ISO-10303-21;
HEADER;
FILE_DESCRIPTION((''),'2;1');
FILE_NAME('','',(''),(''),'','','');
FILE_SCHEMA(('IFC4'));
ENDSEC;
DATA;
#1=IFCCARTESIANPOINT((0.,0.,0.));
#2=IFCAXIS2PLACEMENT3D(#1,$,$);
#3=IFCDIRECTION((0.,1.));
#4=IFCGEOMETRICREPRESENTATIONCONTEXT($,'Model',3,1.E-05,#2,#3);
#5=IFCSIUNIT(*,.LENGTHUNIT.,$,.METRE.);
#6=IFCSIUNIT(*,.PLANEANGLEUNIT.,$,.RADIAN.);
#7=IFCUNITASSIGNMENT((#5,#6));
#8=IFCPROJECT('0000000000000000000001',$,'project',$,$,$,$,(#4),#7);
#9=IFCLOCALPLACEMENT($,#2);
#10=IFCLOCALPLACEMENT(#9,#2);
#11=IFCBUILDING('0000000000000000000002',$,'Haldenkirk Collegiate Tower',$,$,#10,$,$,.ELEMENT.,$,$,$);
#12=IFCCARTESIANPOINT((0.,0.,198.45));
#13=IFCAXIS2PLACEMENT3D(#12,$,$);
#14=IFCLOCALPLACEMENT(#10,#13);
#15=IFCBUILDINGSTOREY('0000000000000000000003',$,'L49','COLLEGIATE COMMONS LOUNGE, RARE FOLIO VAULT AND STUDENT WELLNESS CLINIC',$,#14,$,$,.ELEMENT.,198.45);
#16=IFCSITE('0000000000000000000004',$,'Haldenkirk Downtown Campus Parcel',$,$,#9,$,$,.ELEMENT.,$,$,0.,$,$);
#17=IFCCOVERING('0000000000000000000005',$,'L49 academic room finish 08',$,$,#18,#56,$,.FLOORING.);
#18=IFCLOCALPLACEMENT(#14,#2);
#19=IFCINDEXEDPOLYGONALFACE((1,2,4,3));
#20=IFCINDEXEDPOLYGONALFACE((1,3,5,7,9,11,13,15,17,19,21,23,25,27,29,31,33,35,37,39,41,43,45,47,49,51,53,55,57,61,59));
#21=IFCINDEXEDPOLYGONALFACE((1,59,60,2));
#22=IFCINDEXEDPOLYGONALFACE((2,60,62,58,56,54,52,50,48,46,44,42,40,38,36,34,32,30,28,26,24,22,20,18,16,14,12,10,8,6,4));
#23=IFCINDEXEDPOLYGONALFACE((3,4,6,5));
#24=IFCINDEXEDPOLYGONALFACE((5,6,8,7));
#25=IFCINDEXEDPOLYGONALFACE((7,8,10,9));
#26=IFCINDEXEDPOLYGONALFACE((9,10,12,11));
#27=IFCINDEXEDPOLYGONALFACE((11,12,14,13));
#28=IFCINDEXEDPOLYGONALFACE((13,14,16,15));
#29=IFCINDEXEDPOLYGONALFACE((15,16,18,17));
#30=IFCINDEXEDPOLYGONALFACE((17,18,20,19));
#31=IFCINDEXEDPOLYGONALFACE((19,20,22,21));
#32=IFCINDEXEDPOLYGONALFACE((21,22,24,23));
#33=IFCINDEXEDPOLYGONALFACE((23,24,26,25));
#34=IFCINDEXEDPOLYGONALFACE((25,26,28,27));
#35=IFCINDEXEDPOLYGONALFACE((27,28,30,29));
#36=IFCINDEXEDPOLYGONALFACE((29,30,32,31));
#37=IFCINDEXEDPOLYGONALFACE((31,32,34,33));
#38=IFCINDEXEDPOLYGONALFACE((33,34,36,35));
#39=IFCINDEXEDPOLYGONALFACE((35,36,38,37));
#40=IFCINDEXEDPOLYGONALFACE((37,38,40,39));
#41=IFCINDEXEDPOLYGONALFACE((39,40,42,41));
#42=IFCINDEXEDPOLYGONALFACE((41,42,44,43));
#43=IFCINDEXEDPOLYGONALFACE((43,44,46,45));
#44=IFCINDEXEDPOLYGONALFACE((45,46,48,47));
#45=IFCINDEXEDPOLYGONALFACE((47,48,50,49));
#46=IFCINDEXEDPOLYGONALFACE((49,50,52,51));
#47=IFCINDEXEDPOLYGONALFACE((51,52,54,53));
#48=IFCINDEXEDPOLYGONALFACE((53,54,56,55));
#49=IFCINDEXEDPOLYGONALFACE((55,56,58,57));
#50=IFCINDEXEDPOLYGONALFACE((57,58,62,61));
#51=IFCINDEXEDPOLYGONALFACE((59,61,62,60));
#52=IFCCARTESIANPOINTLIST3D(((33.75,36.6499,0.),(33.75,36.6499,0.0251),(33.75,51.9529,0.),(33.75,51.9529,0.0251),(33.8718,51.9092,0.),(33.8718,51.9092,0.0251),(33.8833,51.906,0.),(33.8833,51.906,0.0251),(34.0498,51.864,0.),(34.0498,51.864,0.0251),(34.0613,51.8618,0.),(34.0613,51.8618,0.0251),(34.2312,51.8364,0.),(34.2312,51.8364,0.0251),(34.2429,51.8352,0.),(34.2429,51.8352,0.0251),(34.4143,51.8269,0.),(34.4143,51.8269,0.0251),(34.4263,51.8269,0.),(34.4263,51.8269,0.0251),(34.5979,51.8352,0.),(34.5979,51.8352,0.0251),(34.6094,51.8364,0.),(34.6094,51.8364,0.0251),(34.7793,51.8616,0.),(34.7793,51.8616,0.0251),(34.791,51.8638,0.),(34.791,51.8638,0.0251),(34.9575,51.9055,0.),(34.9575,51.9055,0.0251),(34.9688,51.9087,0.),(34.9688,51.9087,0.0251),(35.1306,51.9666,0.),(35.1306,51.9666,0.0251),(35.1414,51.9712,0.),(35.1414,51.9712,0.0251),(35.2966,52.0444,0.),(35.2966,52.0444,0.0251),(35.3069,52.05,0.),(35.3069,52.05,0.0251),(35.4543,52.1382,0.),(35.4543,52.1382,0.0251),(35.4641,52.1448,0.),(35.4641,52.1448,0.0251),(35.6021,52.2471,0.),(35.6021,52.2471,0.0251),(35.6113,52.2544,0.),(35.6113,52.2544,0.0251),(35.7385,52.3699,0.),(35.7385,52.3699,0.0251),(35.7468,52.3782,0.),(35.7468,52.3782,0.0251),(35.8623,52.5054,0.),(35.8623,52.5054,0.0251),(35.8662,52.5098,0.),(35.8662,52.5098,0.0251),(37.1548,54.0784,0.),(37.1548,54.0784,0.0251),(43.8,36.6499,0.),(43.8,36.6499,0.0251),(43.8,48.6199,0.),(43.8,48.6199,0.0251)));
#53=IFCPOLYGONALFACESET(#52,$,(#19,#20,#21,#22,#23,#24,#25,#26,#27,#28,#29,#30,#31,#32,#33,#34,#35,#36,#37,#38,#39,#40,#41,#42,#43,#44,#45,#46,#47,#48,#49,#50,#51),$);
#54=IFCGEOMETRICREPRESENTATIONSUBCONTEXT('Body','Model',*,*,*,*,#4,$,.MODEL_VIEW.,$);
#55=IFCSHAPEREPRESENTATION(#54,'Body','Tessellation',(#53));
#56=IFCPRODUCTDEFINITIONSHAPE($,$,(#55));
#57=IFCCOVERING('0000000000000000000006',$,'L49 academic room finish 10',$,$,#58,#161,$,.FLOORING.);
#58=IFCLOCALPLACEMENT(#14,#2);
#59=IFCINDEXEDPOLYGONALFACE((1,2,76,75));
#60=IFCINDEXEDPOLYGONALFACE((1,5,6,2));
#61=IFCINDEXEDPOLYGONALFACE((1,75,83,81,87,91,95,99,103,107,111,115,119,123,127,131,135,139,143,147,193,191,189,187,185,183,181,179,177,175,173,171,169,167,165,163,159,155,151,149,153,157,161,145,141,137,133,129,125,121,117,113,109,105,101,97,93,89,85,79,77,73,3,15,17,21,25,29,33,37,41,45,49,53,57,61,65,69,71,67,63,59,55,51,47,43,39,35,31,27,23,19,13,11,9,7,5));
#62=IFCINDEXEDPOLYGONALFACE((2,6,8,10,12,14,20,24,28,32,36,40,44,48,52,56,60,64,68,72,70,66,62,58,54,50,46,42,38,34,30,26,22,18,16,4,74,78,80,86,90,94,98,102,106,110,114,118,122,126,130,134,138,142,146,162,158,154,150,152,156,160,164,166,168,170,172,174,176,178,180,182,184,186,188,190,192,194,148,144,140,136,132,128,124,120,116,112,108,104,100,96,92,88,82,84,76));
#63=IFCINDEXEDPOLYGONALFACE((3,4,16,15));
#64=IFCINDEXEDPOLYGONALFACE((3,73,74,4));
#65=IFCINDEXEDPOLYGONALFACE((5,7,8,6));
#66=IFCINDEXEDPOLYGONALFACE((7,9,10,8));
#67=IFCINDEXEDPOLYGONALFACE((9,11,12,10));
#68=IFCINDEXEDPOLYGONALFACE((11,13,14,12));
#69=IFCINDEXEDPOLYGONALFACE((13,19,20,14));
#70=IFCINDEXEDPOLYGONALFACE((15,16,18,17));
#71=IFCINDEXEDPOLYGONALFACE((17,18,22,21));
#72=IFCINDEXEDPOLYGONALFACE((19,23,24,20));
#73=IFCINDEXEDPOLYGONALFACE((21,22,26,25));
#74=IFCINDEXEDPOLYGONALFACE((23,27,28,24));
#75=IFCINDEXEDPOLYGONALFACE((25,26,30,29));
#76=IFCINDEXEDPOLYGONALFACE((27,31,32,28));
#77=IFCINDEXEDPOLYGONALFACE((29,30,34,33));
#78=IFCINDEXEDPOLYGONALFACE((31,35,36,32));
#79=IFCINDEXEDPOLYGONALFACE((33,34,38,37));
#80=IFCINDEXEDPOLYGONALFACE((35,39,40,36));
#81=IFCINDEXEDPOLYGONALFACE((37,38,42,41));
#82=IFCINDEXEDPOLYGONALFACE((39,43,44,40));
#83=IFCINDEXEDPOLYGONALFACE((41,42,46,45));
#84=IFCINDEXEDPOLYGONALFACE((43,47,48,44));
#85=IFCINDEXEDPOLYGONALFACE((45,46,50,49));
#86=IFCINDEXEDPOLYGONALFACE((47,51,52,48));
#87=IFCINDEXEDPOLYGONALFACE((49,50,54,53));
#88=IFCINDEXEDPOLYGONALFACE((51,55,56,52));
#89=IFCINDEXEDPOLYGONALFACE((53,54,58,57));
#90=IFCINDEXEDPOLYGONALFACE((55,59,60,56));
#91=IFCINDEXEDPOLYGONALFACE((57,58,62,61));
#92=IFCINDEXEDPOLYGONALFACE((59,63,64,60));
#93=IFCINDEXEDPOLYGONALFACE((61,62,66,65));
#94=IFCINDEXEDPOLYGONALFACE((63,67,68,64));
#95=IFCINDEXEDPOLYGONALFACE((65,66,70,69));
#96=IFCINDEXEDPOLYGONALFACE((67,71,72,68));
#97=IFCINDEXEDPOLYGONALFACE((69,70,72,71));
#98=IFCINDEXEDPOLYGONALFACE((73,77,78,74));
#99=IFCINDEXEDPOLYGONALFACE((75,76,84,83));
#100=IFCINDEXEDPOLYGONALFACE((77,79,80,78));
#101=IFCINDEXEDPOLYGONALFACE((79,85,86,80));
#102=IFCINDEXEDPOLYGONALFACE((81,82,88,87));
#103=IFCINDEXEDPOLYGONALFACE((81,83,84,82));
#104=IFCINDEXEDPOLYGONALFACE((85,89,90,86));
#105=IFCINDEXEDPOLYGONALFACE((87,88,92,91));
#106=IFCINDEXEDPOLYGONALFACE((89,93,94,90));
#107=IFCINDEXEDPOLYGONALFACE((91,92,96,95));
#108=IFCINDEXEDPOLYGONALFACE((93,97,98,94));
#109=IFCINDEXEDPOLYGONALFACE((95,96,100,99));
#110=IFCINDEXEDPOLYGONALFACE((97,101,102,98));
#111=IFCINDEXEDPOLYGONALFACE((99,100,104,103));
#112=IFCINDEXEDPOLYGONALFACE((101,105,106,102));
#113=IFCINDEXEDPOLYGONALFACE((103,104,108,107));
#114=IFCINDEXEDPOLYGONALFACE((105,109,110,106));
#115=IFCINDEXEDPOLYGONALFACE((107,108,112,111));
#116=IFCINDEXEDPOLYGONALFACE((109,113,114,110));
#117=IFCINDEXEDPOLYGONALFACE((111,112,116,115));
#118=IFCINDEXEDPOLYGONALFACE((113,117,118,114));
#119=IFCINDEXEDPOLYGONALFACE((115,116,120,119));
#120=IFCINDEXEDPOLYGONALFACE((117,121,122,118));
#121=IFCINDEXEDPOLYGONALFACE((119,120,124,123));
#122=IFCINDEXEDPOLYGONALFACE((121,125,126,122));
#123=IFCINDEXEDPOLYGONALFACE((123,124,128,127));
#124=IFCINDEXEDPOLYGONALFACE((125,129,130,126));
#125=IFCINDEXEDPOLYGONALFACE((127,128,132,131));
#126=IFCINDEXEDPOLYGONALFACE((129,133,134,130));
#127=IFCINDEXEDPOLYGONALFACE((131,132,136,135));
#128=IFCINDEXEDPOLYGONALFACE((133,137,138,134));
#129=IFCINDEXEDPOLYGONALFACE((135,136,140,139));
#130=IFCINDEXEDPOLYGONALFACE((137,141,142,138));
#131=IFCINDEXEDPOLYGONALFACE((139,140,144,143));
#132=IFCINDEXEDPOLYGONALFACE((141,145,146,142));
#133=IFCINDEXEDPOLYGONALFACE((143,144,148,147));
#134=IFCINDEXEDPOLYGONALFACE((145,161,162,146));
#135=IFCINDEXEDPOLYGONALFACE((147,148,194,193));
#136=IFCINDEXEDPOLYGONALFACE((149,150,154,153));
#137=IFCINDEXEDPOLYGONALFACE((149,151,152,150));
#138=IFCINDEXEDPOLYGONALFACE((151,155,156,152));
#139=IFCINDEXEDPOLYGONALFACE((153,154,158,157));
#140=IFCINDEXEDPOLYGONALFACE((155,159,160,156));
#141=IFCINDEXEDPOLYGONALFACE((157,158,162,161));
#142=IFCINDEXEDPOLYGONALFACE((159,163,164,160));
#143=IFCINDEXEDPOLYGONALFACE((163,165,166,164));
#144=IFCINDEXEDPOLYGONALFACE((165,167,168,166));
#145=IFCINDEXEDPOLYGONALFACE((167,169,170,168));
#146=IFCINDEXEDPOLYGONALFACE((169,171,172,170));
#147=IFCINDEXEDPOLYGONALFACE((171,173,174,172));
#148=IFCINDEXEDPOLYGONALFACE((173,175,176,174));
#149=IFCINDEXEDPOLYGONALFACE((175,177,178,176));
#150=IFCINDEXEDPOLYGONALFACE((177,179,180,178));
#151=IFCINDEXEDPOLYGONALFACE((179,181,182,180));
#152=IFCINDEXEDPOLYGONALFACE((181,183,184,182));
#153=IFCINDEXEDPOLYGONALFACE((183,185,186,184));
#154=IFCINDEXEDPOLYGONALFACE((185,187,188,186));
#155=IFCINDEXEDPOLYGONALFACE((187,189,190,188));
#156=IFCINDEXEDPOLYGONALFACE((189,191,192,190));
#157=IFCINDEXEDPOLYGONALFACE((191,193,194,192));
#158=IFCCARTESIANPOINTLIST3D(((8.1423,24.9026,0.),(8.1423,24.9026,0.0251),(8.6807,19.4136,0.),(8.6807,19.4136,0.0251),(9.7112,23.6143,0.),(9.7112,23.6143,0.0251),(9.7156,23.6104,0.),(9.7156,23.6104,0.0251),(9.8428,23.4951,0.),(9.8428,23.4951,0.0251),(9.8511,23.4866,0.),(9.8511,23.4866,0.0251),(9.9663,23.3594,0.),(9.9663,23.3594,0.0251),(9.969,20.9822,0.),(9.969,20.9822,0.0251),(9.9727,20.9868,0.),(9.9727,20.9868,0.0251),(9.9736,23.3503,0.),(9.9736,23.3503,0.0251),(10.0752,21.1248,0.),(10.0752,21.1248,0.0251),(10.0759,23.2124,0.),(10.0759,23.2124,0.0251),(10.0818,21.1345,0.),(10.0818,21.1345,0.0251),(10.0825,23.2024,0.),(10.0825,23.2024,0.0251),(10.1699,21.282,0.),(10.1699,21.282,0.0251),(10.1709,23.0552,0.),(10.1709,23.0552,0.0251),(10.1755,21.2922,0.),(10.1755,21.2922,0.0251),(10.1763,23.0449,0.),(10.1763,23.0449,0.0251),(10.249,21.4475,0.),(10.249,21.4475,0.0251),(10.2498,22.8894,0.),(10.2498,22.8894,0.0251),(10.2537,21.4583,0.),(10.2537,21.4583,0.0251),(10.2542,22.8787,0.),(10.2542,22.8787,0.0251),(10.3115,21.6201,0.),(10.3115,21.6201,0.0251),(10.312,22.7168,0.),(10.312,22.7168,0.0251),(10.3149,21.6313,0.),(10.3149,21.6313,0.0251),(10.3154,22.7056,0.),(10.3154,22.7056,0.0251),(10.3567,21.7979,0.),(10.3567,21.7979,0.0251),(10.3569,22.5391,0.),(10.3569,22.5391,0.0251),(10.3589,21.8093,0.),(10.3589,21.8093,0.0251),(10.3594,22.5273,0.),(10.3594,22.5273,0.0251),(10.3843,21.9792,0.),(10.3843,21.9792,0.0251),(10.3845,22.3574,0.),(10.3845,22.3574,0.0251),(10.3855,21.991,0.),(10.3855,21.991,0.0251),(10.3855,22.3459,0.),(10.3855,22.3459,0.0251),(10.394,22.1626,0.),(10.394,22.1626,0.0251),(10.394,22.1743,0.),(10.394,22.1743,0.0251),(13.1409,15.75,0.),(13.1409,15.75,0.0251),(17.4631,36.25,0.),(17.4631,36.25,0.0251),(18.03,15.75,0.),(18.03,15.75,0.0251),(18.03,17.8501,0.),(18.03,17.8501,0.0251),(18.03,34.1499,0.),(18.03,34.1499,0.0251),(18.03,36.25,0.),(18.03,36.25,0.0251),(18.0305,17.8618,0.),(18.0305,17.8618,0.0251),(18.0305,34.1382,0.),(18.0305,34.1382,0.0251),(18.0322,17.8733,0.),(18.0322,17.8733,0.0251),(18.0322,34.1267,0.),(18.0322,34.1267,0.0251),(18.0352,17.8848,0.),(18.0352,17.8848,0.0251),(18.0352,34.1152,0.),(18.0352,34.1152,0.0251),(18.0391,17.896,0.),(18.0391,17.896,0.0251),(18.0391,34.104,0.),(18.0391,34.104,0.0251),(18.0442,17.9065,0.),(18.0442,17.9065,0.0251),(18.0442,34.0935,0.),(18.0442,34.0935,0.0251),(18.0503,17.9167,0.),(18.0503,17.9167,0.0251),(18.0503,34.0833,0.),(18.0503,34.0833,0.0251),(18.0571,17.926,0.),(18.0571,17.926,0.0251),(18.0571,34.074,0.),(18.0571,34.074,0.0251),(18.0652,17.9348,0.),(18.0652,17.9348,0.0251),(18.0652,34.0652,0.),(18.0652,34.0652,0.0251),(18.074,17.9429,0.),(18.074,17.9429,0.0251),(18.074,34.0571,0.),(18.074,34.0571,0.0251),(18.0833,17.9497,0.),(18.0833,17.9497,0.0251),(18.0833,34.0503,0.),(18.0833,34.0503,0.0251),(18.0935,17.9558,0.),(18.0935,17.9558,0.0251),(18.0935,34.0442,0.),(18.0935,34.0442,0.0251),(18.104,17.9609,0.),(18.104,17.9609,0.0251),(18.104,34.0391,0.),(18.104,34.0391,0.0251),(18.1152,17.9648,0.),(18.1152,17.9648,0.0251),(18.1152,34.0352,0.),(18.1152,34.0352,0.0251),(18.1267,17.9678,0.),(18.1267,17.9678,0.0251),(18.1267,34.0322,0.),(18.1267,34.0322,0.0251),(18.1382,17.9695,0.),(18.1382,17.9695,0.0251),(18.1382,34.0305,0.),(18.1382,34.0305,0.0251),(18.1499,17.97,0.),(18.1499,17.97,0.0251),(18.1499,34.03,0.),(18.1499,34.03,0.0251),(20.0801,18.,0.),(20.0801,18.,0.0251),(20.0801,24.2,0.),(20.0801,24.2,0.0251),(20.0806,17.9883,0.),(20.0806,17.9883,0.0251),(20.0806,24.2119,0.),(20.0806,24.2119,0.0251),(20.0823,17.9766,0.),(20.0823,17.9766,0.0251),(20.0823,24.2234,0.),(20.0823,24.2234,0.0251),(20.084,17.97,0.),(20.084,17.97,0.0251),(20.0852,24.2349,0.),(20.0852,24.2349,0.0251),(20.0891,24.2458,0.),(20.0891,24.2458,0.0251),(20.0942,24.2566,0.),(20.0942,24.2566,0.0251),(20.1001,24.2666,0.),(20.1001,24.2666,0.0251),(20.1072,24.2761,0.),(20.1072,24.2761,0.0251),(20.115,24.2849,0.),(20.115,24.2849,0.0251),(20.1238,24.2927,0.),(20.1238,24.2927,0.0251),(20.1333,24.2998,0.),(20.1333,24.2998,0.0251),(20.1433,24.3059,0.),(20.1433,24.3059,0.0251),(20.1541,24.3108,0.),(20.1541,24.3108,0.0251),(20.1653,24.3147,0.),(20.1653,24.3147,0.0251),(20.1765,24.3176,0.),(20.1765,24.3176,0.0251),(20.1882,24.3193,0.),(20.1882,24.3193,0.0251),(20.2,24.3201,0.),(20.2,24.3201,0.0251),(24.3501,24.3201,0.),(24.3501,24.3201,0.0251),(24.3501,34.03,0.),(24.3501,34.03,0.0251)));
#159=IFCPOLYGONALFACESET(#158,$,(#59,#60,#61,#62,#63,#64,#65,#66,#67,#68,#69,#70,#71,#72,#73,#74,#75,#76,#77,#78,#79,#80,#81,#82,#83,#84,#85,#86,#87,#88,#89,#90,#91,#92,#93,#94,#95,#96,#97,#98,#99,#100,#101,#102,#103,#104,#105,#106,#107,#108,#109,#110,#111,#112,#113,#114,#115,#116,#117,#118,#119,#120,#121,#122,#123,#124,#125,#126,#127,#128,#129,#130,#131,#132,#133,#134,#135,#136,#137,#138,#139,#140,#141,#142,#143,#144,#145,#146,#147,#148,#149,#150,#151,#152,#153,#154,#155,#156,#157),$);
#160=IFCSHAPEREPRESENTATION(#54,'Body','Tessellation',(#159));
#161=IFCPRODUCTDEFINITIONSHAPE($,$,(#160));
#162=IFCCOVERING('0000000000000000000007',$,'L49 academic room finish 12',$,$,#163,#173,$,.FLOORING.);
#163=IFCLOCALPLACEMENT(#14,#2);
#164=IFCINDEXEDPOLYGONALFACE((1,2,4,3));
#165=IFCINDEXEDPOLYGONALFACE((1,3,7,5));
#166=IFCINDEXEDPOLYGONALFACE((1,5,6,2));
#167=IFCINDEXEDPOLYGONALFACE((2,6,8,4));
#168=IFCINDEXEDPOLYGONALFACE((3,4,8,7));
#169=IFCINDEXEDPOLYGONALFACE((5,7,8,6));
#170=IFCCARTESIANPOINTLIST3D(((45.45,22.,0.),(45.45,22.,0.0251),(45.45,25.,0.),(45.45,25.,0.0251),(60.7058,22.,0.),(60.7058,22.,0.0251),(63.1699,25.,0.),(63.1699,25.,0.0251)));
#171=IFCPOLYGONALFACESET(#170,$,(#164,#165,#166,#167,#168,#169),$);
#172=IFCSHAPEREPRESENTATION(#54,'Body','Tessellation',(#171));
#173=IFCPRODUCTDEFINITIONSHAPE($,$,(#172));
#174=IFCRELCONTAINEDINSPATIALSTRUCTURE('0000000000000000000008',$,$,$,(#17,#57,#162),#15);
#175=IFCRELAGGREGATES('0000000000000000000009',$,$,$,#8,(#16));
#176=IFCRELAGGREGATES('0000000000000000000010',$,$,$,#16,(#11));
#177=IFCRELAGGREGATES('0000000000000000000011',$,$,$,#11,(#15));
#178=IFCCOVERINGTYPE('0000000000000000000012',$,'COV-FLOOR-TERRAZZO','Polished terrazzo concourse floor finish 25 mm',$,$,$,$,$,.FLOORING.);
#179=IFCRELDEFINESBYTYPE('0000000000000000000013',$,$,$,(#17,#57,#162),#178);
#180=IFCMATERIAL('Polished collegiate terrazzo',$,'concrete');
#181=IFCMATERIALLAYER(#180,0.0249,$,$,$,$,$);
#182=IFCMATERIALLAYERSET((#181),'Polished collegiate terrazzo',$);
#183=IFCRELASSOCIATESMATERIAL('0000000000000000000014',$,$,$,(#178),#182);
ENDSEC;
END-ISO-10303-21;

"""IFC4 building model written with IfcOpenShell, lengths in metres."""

from ifc_helpers import new_model, si_unit, direction, frame, origin, place, context, subcontext, project, spatial, polyline, outline, extrude, material, layer, layer_set, type_object, element, save


model = new_model("IFC4")

# Units and contexts
model_context = context("Model", 3, precision=1e-05, world=origin(), true_north=direction((0.0, 1.0)))
body_context = subcontext(model_context, "Body", "Model", "MODEL_VIEW")
ifc_project = project(units=[si_unit("LENGTHUNIT", "METRE"), si_unit("PLANEANGLEUNIT", "RADIAN")], contexts=[model_context])

# Site, building, storey
site_placement = place(None, origin())
site = spatial("IfcSite", under=ifc_project, at=site_placement, Name="Haldenkirk Downtown Campus Parcel", CompositionType="ELEMENT", RefElevation=0.0)
building_placement = place(site_placement, origin())
building = spatial("IfcBuilding", under=site, at=building_placement, Name="Haldenkirk Collegiate Tower", CompositionType="ELEMENT")
storey_placement = place(building_placement, frame((0.0, 0.0, 198.45)))
storey = spatial("IfcBuildingStorey", under=building, at=storey_placement, Name="L49", Description="COLLEGIATE COMMONS LOUNGE, RARE FOLIO VAULT AND STUDENT WELLNESS CLINIC", CompositionType="ELEMENT", Elevation=198.45)

# Coverings
ifc_material_1 = material(Name="Polished collegiate terrazzo", Category="concrete")
ifc_layer_1 = layer(ifc_material_1, 0.0249)
ifc_layer_set_1 = layer_set([ifc_layer_1], Name="Polished collegiate terrazzo")
covering_type_1 = type_object("IfcCoveringType", Name="COV-FLOOR-TERRAZZO", Description="Polished terrazzo concourse floor finish 25 mm", PredefinedType="FLOORING", material=ifc_layer_set_1)
covering_1_placement = place(storey_placement, origin())
element("IfcCovering", 1, at=covering_1_placement, inside=storey, type_object=covering_type_1, Name="L49 academic room finish 08", PredefinedType="FLOORING", context=body_context, shape_type="SweptSolid", body=[
    extrude(outline(polyline([(33.75, 51.9529), (33.8718, 51.9092), (33.8833, 51.906), (34.0498, 51.864), (34.0613, 51.8618), (34.2312, 51.8364), (34.2429, 51.8352), (34.4143, 51.8269), (34.4263, 51.8269), (34.5979, 51.8352), (34.6094, 51.8364), (34.7793, 51.8616), (34.791, 51.8638), (34.9575, 51.9055), (34.9688, 51.9087), (35.1306, 51.9666), (35.1414, 51.9712), (35.2966, 52.0444), (35.3069, 52.05), (35.4543, 52.1382), (35.4641, 52.1448), (35.6021, 52.2471), (35.6113, 52.2544), (35.7385, 52.3699), (35.7468, 52.3782), (35.8623, 52.5054), (35.8662, 52.5098), (37.1548, 54.0784), (43.8, 48.6199), (43.8, 36.6499), (33.75, 36.6499), (33.75, 51.9529)])), origin(), (0.0, 0.0, 1.0), 0.0251),
])
covering_2_placement = place(storey_placement, origin())
element("IfcCovering", 2, at=covering_2_placement, inside=storey, type_object=covering_type_1, Name="L49 academic room finish 10", PredefinedType="FLOORING", context=body_context, shape_type="SweptSolid", body=[
    extrude(outline(polyline([(9.969, 20.9822), (9.9727, 20.9868), (10.0752, 21.1248), (10.0818, 21.1345), (10.1699, 21.282), (10.1755, 21.2922), (10.249, 21.4475), (10.2537, 21.4583), (10.3115, 21.6201), (10.3149, 21.6313), (10.3567, 21.7979), (10.3589, 21.8093), (10.3843, 21.9792), (10.3855, 21.991), (10.394, 22.1626), (10.394, 22.1743), (10.3855, 22.3459), (10.3845, 22.3574), (10.3594, 22.5273), (10.3569, 22.5391), (10.3154, 22.7056), (10.312, 22.7168), (10.2542, 22.8787), (10.2498, 22.8894), (10.1763, 23.0449), (10.1709, 23.0552), (10.0825, 23.2024), (10.0759, 23.2124), (9.9736, 23.3503), (9.9663, 23.3594), (9.8511, 23.4866), (9.8428, 23.4951), (9.7156, 23.6104), (9.7112, 23.6143), (8.1423, 24.9026), (17.4631, 36.25), (18.03, 36.25), (18.03, 34.1499), (18.0305, 34.1382), (18.0322, 34.1267), (18.0352, 34.1152), (18.0391, 34.104), (18.0442, 34.0935), (18.0503, 34.0833), (18.0571, 34.074), (18.0652, 34.0652), (18.074, 34.0571), (18.0833, 34.0503), (18.0935, 34.0442), (18.104, 34.0391), (18.1152, 34.0352), (18.1267, 34.0322), (18.1382, 34.0305), (18.1499, 34.03), (24.3501, 34.03), (24.3501, 24.3201), (20.2, 24.3201), (20.1882, 24.3193), (20.1765, 24.3176), (20.1653, 24.3147), (20.1541, 24.3108), (20.1433, 24.3059), (20.1333, 24.2998), (20.1238, 24.2927), (20.115, 24.2849), (20.1072, 24.2761), (20.1001, 24.2666), (20.0942, 24.2566), (20.0891, 24.2458), (20.0852, 24.2349), (20.0823, 24.2234), (20.0806, 24.2119), (20.0801, 24.2), (20.0801, 18.0), (20.0806, 17.9883), (20.0823, 17.9766), (20.084, 17.97), (18.1499, 17.97), (18.1382, 17.9695), (18.1267, 17.9678), (18.1152, 17.9648), (18.104, 17.9609), (18.0935, 17.9558), (18.0833, 17.9497), (18.074, 17.9429), (18.0652, 17.9348), (18.0571, 17.926), (18.0503, 17.9167), (18.0442, 17.9065), (18.0391, 17.896), (18.0352, 17.8848), (18.0322, 17.8733), (18.0305, 17.8618), (18.03, 17.8501), (18.03, 15.75), (13.1409, 15.75), (8.6807, 19.4136), (9.969, 20.9822)])), origin(), (0.0, 0.0, 1.0), 0.0251),
])
covering_3_placement = place(storey_placement, origin())
element("IfcCovering", 3, at=covering_3_placement, inside=storey, type_object=covering_type_1, Name="L49 academic room finish 12", PredefinedType="FLOORING", context=body_context, shape_type="SweptSolid", body=[
    extrude(outline(polyline([(60.7058, 22.0), (45.45, 22.0), (45.45, 25.0), (63.1699, 25.0), (60.7058, 22.0)])), origin(), (0.0, 0.0, 1.0), 0.0251),
])

save(model, "model.ifc")
